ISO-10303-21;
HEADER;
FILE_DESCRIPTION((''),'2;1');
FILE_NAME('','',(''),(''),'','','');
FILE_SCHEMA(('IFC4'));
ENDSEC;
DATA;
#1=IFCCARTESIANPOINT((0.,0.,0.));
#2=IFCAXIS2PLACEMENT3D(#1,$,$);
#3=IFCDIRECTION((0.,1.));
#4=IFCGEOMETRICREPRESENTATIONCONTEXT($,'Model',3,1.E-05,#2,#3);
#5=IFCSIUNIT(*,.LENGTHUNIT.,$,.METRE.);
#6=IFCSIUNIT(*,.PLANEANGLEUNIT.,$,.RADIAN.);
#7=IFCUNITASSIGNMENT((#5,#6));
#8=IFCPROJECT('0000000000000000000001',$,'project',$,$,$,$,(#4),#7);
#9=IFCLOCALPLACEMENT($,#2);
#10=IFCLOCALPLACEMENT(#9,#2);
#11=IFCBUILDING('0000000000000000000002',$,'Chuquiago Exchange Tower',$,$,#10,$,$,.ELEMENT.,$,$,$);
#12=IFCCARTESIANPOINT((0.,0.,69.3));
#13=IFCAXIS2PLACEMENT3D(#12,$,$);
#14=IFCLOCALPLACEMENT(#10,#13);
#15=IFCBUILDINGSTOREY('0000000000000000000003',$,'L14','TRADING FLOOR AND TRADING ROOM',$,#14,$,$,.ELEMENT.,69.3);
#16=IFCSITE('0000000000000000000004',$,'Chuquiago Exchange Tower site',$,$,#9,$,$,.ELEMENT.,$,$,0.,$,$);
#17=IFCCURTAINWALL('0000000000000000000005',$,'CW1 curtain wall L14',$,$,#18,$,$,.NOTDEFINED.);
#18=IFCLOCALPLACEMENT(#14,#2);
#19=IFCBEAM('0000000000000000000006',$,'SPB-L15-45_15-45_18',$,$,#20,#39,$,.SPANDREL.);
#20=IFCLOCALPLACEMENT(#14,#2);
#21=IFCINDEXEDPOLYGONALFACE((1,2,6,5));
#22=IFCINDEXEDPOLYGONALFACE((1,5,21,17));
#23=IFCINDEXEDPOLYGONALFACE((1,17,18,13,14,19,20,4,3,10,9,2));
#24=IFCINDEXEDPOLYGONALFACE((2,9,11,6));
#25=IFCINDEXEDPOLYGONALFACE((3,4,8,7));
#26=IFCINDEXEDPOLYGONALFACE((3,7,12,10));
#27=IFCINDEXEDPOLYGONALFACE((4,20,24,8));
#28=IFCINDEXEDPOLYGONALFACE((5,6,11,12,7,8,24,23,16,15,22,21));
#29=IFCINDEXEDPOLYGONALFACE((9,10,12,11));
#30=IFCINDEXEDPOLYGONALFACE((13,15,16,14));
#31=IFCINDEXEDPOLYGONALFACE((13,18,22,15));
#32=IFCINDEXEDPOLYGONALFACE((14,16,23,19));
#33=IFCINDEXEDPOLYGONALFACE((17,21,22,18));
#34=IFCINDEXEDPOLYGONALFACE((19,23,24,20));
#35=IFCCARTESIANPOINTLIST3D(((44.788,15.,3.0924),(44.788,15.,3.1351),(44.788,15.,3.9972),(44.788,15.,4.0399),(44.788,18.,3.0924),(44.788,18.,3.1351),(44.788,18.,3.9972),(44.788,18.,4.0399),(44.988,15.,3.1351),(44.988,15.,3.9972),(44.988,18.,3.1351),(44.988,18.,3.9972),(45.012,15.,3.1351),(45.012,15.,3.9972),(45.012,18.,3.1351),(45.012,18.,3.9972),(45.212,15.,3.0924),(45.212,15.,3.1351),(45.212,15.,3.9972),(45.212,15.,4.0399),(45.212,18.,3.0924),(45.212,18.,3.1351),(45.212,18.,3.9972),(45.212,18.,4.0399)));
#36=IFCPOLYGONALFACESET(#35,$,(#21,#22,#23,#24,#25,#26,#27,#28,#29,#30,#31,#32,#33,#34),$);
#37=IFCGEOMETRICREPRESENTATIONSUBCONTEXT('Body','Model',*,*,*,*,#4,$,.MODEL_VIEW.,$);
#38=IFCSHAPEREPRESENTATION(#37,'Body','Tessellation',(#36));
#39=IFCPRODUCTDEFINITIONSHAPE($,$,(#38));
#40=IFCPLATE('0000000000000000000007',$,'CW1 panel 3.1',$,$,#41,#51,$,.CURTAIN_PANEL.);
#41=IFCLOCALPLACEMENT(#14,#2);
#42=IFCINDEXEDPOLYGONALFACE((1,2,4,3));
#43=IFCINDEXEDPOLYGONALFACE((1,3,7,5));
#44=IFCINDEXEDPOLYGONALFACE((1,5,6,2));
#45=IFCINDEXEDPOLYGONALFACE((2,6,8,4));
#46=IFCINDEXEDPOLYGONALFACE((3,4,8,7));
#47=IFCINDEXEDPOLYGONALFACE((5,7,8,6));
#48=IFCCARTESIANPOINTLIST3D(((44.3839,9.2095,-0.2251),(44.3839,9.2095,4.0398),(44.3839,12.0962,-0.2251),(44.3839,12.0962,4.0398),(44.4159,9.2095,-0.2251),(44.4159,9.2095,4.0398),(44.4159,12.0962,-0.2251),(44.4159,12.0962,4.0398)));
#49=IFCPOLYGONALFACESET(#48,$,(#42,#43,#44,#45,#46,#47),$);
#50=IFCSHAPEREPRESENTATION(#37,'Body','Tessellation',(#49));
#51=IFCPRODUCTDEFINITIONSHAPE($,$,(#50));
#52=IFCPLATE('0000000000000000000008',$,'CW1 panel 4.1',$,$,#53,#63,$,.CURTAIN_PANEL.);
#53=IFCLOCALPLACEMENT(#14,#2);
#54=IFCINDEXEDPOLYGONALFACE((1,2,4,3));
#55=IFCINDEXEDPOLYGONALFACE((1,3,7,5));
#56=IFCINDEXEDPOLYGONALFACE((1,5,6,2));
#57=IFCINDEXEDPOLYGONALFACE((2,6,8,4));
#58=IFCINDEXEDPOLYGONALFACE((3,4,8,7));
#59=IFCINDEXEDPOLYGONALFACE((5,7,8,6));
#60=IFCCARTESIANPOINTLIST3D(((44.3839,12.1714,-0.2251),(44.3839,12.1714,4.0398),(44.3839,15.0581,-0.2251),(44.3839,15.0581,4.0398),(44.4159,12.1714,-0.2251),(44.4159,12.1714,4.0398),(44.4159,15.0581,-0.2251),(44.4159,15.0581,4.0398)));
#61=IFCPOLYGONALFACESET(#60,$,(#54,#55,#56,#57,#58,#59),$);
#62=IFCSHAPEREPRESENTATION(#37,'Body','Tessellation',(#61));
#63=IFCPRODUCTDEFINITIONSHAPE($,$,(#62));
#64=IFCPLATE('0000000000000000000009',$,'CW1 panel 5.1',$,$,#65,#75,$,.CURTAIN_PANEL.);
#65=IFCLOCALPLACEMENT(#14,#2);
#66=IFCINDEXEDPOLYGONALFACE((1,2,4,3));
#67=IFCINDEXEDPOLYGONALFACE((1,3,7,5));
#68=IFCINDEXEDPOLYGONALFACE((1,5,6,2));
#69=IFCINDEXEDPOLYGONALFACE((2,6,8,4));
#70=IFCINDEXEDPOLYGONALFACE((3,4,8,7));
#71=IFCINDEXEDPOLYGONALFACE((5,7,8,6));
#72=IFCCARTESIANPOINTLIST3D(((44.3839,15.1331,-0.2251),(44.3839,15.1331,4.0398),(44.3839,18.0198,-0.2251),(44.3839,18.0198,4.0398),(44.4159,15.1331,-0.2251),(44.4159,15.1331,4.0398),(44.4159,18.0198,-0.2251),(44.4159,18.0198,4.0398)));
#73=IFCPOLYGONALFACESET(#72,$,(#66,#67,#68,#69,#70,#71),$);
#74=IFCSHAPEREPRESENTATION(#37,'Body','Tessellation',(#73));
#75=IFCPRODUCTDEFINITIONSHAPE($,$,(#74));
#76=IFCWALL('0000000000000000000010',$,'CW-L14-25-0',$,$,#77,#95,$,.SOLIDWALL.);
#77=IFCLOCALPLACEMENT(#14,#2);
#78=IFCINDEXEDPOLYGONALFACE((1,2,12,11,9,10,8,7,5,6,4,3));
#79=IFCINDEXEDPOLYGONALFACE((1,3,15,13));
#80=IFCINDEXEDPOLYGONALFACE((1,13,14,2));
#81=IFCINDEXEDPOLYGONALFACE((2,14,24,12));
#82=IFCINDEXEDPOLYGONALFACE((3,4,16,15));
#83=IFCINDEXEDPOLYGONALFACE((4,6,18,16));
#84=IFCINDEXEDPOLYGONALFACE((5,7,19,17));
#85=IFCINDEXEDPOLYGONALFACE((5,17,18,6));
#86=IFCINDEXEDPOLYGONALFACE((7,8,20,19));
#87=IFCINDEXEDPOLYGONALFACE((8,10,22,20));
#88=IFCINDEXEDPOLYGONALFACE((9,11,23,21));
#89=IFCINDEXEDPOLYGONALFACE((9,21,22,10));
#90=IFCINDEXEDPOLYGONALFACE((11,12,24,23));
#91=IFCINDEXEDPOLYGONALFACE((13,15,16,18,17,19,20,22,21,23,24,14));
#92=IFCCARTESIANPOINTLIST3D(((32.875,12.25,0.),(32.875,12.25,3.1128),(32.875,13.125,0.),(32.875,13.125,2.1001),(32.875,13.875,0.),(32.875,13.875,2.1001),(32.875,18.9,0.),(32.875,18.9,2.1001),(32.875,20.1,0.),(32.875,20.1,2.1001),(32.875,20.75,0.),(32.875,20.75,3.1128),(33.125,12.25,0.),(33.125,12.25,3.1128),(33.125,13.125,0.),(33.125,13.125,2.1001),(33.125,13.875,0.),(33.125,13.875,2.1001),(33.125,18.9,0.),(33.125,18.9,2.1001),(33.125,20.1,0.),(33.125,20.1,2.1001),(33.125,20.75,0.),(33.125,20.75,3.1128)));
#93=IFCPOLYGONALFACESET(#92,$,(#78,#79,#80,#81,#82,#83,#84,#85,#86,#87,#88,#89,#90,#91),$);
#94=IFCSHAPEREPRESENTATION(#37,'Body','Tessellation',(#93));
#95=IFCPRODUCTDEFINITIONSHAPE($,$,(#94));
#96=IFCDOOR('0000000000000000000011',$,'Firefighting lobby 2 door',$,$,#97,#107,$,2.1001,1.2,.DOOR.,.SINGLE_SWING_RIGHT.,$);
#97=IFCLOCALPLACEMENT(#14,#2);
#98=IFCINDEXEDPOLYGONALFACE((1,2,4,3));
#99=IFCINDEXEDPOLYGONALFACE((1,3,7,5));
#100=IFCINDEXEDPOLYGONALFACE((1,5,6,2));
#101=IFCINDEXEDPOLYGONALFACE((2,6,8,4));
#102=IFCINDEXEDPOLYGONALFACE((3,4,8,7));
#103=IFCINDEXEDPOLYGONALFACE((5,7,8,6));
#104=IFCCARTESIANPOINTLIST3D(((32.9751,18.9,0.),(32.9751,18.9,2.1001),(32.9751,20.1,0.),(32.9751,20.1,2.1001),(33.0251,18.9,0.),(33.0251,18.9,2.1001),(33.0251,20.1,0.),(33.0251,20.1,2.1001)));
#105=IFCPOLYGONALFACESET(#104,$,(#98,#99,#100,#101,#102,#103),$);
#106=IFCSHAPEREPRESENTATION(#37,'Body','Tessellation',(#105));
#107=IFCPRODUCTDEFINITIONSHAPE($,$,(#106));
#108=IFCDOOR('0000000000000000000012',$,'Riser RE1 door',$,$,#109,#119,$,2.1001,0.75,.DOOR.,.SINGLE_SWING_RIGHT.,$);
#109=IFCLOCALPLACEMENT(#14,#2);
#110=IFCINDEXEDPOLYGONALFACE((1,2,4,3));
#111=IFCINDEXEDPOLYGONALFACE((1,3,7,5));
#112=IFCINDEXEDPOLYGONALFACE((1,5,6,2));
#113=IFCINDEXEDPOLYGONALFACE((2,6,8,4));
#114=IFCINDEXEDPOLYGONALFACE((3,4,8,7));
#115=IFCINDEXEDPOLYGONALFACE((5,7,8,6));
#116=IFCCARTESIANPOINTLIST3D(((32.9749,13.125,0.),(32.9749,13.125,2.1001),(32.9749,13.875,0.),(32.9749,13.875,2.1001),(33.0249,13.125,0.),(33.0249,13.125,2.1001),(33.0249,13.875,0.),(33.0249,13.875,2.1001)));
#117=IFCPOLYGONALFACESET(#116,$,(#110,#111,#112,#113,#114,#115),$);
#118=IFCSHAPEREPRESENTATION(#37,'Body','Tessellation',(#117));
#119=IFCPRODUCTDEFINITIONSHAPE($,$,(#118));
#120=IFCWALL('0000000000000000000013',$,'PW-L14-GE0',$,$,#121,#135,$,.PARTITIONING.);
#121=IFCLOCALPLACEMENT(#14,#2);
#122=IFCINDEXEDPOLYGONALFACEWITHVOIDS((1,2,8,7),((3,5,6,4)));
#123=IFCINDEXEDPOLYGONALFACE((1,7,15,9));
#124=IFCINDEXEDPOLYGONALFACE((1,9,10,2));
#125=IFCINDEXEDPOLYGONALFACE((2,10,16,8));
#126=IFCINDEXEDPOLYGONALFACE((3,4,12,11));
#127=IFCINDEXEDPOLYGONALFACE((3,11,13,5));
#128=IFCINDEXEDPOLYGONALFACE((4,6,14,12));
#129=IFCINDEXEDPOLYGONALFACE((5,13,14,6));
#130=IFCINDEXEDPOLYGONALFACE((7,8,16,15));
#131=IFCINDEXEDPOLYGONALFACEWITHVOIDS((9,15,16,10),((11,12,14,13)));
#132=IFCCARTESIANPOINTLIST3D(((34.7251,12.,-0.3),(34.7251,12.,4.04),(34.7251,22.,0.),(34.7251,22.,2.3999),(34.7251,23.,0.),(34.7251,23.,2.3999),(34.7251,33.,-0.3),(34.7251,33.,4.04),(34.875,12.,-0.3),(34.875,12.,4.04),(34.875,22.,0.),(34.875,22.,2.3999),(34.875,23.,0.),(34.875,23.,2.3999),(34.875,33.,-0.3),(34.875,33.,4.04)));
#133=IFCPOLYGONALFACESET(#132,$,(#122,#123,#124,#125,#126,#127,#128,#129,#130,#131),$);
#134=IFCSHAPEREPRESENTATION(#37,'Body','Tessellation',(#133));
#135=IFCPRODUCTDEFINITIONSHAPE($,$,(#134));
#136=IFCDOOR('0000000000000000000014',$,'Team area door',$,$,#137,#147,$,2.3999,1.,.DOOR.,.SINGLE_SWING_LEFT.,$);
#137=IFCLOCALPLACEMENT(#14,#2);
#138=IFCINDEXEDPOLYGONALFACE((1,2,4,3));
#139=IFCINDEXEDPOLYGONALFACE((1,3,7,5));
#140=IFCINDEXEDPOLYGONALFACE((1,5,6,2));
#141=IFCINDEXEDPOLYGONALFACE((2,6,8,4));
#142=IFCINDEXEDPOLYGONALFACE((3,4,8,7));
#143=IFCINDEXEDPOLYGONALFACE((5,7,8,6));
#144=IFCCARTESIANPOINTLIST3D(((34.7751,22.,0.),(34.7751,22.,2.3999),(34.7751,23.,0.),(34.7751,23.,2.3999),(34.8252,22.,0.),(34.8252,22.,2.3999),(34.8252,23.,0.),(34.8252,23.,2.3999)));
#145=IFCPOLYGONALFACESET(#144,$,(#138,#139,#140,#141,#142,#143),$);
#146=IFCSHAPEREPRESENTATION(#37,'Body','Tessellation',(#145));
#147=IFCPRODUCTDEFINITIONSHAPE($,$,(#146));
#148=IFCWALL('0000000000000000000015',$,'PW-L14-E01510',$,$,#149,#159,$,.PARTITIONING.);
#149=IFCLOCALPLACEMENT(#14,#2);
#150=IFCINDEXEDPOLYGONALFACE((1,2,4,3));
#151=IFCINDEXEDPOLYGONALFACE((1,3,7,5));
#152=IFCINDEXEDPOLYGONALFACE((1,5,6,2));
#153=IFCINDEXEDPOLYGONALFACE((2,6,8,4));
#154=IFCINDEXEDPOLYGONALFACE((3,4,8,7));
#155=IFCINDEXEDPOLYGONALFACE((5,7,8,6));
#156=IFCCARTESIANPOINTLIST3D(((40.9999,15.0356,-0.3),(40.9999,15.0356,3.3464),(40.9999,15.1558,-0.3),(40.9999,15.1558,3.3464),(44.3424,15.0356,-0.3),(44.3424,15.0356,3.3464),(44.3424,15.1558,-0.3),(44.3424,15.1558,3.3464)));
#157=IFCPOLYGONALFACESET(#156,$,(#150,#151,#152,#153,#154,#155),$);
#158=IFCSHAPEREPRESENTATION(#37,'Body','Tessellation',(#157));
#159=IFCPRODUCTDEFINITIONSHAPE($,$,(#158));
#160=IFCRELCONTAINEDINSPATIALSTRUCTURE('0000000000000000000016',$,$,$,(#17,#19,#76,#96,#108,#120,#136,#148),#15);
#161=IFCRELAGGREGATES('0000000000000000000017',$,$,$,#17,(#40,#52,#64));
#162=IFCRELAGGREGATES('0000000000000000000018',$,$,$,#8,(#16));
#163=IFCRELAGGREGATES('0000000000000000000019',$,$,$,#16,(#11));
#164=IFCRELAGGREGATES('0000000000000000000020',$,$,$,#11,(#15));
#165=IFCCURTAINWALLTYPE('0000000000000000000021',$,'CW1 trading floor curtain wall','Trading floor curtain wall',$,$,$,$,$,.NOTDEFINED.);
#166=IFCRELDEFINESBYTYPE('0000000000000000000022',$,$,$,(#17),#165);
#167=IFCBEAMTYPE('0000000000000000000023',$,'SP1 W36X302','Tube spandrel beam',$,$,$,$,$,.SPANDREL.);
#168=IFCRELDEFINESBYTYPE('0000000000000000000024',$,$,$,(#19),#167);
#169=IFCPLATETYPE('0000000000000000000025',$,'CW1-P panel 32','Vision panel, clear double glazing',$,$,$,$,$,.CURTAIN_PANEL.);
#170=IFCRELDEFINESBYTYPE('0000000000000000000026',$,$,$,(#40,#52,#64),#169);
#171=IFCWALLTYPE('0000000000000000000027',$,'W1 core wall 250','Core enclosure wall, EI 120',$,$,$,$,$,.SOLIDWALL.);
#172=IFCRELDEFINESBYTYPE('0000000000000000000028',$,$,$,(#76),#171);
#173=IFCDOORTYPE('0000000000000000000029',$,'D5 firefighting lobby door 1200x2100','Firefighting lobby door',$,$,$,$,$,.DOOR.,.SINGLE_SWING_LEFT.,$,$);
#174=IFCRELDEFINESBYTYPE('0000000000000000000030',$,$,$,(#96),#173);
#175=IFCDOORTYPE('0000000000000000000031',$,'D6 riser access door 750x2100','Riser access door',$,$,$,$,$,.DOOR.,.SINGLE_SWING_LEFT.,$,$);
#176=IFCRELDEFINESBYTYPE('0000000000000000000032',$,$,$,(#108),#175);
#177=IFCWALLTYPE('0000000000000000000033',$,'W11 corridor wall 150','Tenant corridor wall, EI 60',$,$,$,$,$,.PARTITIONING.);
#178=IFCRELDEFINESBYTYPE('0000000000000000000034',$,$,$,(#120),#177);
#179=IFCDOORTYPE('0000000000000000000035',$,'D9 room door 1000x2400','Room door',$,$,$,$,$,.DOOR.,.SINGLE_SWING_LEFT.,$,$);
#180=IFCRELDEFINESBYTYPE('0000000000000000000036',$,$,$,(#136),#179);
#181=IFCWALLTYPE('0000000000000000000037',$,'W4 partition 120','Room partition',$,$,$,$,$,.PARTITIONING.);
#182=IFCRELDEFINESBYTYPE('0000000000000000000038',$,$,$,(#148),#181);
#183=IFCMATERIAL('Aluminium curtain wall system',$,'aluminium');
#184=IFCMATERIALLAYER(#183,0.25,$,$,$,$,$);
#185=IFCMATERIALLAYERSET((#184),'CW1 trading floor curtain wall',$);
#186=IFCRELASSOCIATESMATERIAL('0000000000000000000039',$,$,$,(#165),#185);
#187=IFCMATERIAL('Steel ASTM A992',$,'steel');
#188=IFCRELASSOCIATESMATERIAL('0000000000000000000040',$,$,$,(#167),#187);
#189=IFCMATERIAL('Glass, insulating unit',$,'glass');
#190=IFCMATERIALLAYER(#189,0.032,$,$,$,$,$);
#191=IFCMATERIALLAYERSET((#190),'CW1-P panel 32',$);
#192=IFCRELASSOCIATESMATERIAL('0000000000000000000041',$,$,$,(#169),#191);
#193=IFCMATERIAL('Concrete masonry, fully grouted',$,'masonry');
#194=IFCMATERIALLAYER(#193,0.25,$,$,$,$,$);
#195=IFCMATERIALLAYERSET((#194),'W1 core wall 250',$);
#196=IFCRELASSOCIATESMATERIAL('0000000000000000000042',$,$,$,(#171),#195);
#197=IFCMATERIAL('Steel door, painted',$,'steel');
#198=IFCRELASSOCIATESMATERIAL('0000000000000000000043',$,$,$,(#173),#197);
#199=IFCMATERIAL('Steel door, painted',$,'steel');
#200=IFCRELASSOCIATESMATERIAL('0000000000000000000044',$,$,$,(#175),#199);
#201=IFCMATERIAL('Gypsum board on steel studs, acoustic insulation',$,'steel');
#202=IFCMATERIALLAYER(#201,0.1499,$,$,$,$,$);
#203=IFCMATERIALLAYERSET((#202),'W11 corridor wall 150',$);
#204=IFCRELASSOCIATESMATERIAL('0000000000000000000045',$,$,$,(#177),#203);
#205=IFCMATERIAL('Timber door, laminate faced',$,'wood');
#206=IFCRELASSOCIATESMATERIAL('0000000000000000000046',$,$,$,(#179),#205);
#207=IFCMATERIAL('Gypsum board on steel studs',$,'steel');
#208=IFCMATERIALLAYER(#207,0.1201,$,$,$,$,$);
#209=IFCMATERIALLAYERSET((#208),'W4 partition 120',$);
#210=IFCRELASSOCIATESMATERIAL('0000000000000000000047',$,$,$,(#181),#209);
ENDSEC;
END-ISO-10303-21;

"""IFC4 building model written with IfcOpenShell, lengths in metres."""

from ifc_helpers import new_model, si_unit, direction, frame, frame_2d, origin, origin_2d, place, context, subcontext, project, spatial, rectangle, i_section, extrude, material, layer, layer_set, material_profile, profile_set, type_object, element, fill, aggregate, save


model = new_model("IFC4")

# Units and contexts
model_context = context("Model", 3, precision=1e-05, world=origin(), true_north=direction((0.0, 1.0)))
body_context = subcontext(model_context, "Body", "Model", "MODEL_VIEW")
ifc_project = project(units=[si_unit("LENGTHUNIT", "METRE"), si_unit("PLANEANGLEUNIT", "RADIAN")], contexts=[model_context])

# Site, building, storey
site_placement = place(None, origin())
site = spatial("IfcSite", under=ifc_project, at=site_placement, Name="Chuquiago Exchange Tower site", CompositionType="ELEMENT", RefElevation=0.0)
building_placement = place(site_placement, origin())
building = spatial("IfcBuilding", under=site, at=building_placement, Name="Chuquiago Exchange Tower", CompositionType="ELEMENT")
storey_placement = place(building_placement, frame((0.0, 0.0, 69.3)))
storey = spatial("IfcBuildingStorey", under=building, at=storey_placement, Name="L14", Description="TRADING FLOOR AND TRADING ROOM", CompositionType="ELEMENT", Elevation=69.3)

# Curtain wall
ifc_material_1 = material(Name="Aluminium curtain wall system", Category="aluminium")
ifc_layer_1 = layer(ifc_material_1, 0.25)
ifc_layer_set_1 = layer_set([ifc_layer_1], Name="CW1 trading floor curtain wall")
curtain_wall_type = type_object("IfcCurtainWallType", Name="CW1 trading floor curtain wall", Description="Trading floor curtain wall", PredefinedType="NOTDEFINED", material=ifc_layer_set_1)
curtain_wall_placement = place(storey_placement, origin())
curtain_wall = element("IfcCurtainWall", 1, at=curtain_wall_placement, inside=storey, type_object=curtain_wall_type, Name="CW1 curtain wall L14", PredefinedType="NOTDEFINED")

# Beam
ifc_material_2 = material(Name="Steel ASTM A992", Category="steel")
ifc_material_profile_1 = material_profile(ifc_material_2, i_section(OverallWidth=0.4241, OverallDepth=0.9475, WebThickness=0.0239, FlangeThickness=0.0427, at=origin_2d()), Name="W36X302")
ifc_profile_set_1 = profile_set([ifc_material_profile_1], Name="Steel ASTM A992")
beam_type_1 = type_object("IfcBeamType", Name="SP1 W36X302", Description="Tube spandrel beam", PredefinedType="SPANDREL", material=ifc_profile_set_1)
for number, where, z_axis, x_axis, name in (
    (2, (45.0, 15.0, 3.5662), (0.0, 1.0, 0.0), (-1.0, 0.0, 0.0), "SPB-L15-45_15-45_18"),
):
    element("IfcBeam", number, at=place(storey_placement, frame(where, z_axis=z_axis, x_axis=x_axis)), inside=storey, type_object=beam_type_1, Name=name, PredefinedType="SPANDREL", context=body_context, shape_type="SweptSolid", body=[
        extrude(i_section(OverallWidth=0.4241, OverallDepth=0.9475, WebThickness=0.0239, FlangeThickness=0.0427, at=origin_2d()), origin(), (0.0, 0.0, 1.0), 3.0),
    ])

# Plates
ifc_material_3 = material(Name="Glass, insulating unit", Category="glass")
ifc_layer_2 = layer(ifc_material_3, 0.032)
ifc_layer_set_2 = layer_set([ifc_layer_2], Name="CW1-P panel 32")
plate_type = type_object("IfcPlateType", Name="CW1-P panel 32", Description="Vision panel, clear double glazing", PredefinedType="CURTAIN_PANEL", material=ifc_layer_set_2)
plate_1_placement = place(storey_placement, frame((44.3999, 10.6528, -0.2251), z_axis=(0.0, 0.0, 1.0), x_axis=(0.0, 1.0, 0.0)))
plate_1 = element("IfcPlate", 3, at=plate_1_placement, type_object=plate_type, Name="CW1 panel 3.1", PredefinedType="CURTAIN_PANEL", context=body_context, shape_type="SweptSolid", body=[
    extrude(rectangle(XDim=2.8867, YDim=0.032, at=origin_2d()), origin(), (0.0, 0.0, 1.0), 4.2649),
])
plate_2_placement = place(storey_placement, frame((44.3999, 13.6147, -0.2251), z_axis=(0.0, 0.0, 1.0), x_axis=(0.0, 1.0, 0.0)))
plate_2 = element("IfcPlate", 4, at=plate_2_placement, type_object=plate_type, Name="CW1 panel 4.1", PredefinedType="CURTAIN_PANEL", context=body_context, shape_type="SweptSolid", body=[
    extrude(rectangle(XDim=2.8867, YDim=0.032, at=origin_2d()), origin(), (0.0, 0.0, 1.0), 4.2649),
])
plate_3_placement = place(storey_placement, frame((44.3999, 16.5764, -0.2251), z_axis=(0.0, 0.0, 1.0), x_axis=(0.0, 1.0, 0.0)))
plate_3 = element("IfcPlate", 5, at=plate_3_placement, type_object=plate_type, Name="CW1 panel 5.1", PredefinedType="CURTAIN_PANEL", context=body_context, shape_type="SweptSolid", body=[
    extrude(rectangle(XDim=2.8867, YDim=0.032, at=origin_2d()), origin(), (0.0, 0.0, 1.0), 4.2649),
])
aggregate(curtain_wall, [plate_1, plate_2, plate_3])

# Wall, openings, doors
ifc_material_4 = material(Name="Concrete masonry, fully grouted", Category="masonry")
ifc_layer_3 = layer(ifc_material_4, 0.25)
ifc_layer_set_3 = layer_set([ifc_layer_3], Name="W1 core wall 250")
wall_type_1 = type_object("IfcWallType", Name="W1 core wall 250", Description="Core enclosure wall, EI 120", PredefinedType="SOLIDWALL", material=ifc_layer_set_3)
wall_1_placement = place(storey_placement, frame((33.0, 12.25, 0.0), z_axis=(0.0, 0.0, 1.0), x_axis=(0.0, 1.0, 0.0)))
wall_1 = element("IfcWall", 6, at=wall_1_placement, inside=storey, type_object=wall_type_1, Name="CW-L14-25-0", PredefinedType="SOLIDWALL", context=body_context, shape_type="SweptSolid", body=[
    extrude(rectangle(XDim=8.5, YDim=0.25, at=frame_2d((4.25, 0.0))), origin(), (0.0, 0.0, 1.0), 3.1128),
])
opening_1_placement = place(wall_1_placement, frame((6.6499, 0.0, 0.0)))
opening_1 = element("IfcOpeningElement", 7, at=opening_1_placement, cuts=wall_1, PredefinedType="OPENING", context=body_context, shape_type="SweptSolid", body=[
    extrude(rectangle(XDim=1.2, YDim=2.1001, at=frame_2d((0.6001, 1.05))), frame((0.0, 0.135, 0.0), z_axis=(0.0, -1.0, 0.0), x_axis=(1.0, 0.0, 0.0)), (0.0, 0.0, 1.0), 0.27),
])
opening_2_placement = place(wall_1_placement, frame((0.875, 0.0, 0.0)))
opening_2 = element("IfcOpeningElement", 8, at=opening_2_placement, cuts=wall_1, PredefinedType="OPENING", context=body_context, shape_type="SweptSolid", body=[
    extrude(rectangle(XDim=0.75, YDim=2.1001, at=frame_2d((0.375, 1.05))), frame((0.0, 0.135, 0.0), z_axis=(0.0, -1.0, 0.0), x_axis=(1.0, 0.0, 0.0)), (0.0, 0.0, 1.0), 0.27),
])
ifc_material_5 = material(Name="Steel door, painted", Category="steel")
door_type_1 = type_object("IfcDoorType", Name="D5 firefighting lobby door 1200x2100", Description="Firefighting lobby door", OperationType="SINGLE_SWING_LEFT", PredefinedType="DOOR", material=ifc_material_5)
door_1_placement = place(opening_1_placement, origin())
door_1 = element("IfcDoor", 9, at=door_1_placement, inside=storey, type_object=door_type_1, Name="Firefighting lobby 2 door", OperationType="SINGLE_SWING_RIGHT", OverallHeight=2.1001, OverallWidth=1.2, PredefinedType="DOOR", context=body_context, shape_type="SweptSolid", body=[
    extrude(rectangle(XDim=1.2, YDim=2.1001, at=frame_2d((0.6001, 1.05))), frame((0.0, 0.0249, 0.0), z_axis=(0.0, -1.0, 0.0), x_axis=(1.0, 0.0, 0.0)), (0.0, 0.0, 1.0), 0.05),
])
fill(opening_1, door_1)
ifc_material_6 = material(Name="Steel door, painted", Category="steel")
door_type_2 = type_object("IfcDoorType", Name="D6 riser access door 750x2100", Description="Riser access door", OperationType="SINGLE_SWING_LEFT", PredefinedType="DOOR", material=ifc_material_6)
door_2_placement = place(opening_2_placement, frame((0.75, 0.0, 0.0), z_axis=(0.0, 0.0, 1.0), x_axis=(-1.0, 0.0, 0.0)))
door_2 = element("IfcDoor", 10, at=door_2_placement, inside=storey, type_object=door_type_2, Name="Riser RE1 door", OperationType="SINGLE_SWING_RIGHT", OverallHeight=2.1001, OverallWidth=0.75, PredefinedType="DOOR", context=body_context, shape_type="SweptSolid", body=[
    extrude(rectangle(XDim=0.75, YDim=2.1001, at=frame_2d((0.375, 1.05))), frame((0.0, 0.0249, 0.0), z_axis=(0.0, -1.0, 0.0), x_axis=(1.0, 0.0, 0.0)), (0.0, 0.0, 1.0), 0.05),
])
fill(opening_2, door_2)

# Wall, opening, door
ifc_material_7 = material(Name="Gypsum board on steel studs, acoustic insulation", Category="steel")
ifc_layer_4 = layer(ifc_material_7, 0.1499)
ifc_layer_set_4 = layer_set([ifc_layer_4], Name="W11 corridor wall 150")
wall_type_2 = type_object("IfcWallType", Name="W11 corridor wall 150", Description="Tenant corridor wall, EI 60", PredefinedType="PARTITIONING", material=ifc_layer_set_4)
wall_2_placement = place(storey_placement, frame((34.8, 12.0, -0.3), z_axis=(0.0, 0.0, 1.0), x_axis=(0.0, 1.0, 0.0)))
wall_2 = element("IfcWall", 11, at=wall_2_placement, inside=storey, type_object=wall_type_2, Name="PW-L14-GE0", PredefinedType="PARTITIONING", context=body_context, shape_type="SweptSolid", body=[
    extrude(rectangle(XDim=21.0, YDim=0.1499, at=frame_2d((10.5, 0.0))), origin(), (0.0, 0.0, 1.0), 4.3401),
])
opening_3_placement = place(wall_2_placement, frame((10.0, 0.0, 0.3)))
opening_3 = element("IfcOpeningElement", 12, at=opening_3_placement, cuts=wall_2, PredefinedType="OPENING", context=body_context, shape_type="SweptSolid", body=[
    extrude(rectangle(XDim=1.0, YDim=2.3999, at=frame_2d((0.5, 1.2))), frame((0.0, 0.085, 0.0), z_axis=(0.0, -1.0, 0.0), x_axis=(1.0, 0.0, 0.0)), (0.0, 0.0, 1.0), 0.1699),
])
ifc_material_8 = material(Name="Timber door, laminate faced", Category="wood")
door_type_3 = type_object("IfcDoorType", Name="D9 room door 1000x2400", Description="Room door", OperationType="SINGLE_SWING_LEFT", PredefinedType="DOOR", material=ifc_material_8)
door_3_placement = place(opening_3_placement, origin())
door_3 = element("IfcDoor", 13, at=door_3_placement, inside=storey, type_object=door_type_3, Name="Team area door", OperationType="SINGLE_SWING_LEFT", OverallHeight=2.3999, OverallWidth=1.0, PredefinedType="DOOR", context=body_context, shape_type="SweptSolid", body=[
    extrude(rectangle(XDim=1.0, YDim=2.3999, at=frame_2d((0.5, 1.2))), frame((0.0, 0.0249, 0.0), z_axis=(0.0, -1.0, 0.0), x_axis=(1.0, 0.0, 0.0)), (0.0, 0.0, 1.0), 0.05),
])
fill(opening_3, door_3)

# Wall
ifc_material_9 = material(Name="Gypsum board on steel studs", Category="steel")
ifc_layer_5 = layer(ifc_material_9, 0.1201)
ifc_layer_set_5 = layer_set([ifc_layer_5], Name="W4 partition 120")
wall_type_3 = type_object("IfcWallType", Name="W4 partition 120", Description="Room partition", PredefinedType="PARTITIONING", material=ifc_layer_set_5)
wall_3_placement = place(storey_placement, frame((44.3425, 15.0957, -0.3), z_axis=(0.0, 0.0, 1.0), x_axis=(-1.0, 0.0, 0.0)))
element("IfcWall", 14, at=wall_3_placement, inside=storey, type_object=wall_type_3, Name="PW-L14-E01510", PredefinedType="PARTITIONING", context=body_context, shape_type="SweptSolid", body=[
    extrude(rectangle(XDim=3.3425, YDim=0.1201, at=frame_2d((1.6714, 0.0))), origin(), (0.0, 0.0, 1.0), 3.6465),
])

save(model, "model.ifc")
